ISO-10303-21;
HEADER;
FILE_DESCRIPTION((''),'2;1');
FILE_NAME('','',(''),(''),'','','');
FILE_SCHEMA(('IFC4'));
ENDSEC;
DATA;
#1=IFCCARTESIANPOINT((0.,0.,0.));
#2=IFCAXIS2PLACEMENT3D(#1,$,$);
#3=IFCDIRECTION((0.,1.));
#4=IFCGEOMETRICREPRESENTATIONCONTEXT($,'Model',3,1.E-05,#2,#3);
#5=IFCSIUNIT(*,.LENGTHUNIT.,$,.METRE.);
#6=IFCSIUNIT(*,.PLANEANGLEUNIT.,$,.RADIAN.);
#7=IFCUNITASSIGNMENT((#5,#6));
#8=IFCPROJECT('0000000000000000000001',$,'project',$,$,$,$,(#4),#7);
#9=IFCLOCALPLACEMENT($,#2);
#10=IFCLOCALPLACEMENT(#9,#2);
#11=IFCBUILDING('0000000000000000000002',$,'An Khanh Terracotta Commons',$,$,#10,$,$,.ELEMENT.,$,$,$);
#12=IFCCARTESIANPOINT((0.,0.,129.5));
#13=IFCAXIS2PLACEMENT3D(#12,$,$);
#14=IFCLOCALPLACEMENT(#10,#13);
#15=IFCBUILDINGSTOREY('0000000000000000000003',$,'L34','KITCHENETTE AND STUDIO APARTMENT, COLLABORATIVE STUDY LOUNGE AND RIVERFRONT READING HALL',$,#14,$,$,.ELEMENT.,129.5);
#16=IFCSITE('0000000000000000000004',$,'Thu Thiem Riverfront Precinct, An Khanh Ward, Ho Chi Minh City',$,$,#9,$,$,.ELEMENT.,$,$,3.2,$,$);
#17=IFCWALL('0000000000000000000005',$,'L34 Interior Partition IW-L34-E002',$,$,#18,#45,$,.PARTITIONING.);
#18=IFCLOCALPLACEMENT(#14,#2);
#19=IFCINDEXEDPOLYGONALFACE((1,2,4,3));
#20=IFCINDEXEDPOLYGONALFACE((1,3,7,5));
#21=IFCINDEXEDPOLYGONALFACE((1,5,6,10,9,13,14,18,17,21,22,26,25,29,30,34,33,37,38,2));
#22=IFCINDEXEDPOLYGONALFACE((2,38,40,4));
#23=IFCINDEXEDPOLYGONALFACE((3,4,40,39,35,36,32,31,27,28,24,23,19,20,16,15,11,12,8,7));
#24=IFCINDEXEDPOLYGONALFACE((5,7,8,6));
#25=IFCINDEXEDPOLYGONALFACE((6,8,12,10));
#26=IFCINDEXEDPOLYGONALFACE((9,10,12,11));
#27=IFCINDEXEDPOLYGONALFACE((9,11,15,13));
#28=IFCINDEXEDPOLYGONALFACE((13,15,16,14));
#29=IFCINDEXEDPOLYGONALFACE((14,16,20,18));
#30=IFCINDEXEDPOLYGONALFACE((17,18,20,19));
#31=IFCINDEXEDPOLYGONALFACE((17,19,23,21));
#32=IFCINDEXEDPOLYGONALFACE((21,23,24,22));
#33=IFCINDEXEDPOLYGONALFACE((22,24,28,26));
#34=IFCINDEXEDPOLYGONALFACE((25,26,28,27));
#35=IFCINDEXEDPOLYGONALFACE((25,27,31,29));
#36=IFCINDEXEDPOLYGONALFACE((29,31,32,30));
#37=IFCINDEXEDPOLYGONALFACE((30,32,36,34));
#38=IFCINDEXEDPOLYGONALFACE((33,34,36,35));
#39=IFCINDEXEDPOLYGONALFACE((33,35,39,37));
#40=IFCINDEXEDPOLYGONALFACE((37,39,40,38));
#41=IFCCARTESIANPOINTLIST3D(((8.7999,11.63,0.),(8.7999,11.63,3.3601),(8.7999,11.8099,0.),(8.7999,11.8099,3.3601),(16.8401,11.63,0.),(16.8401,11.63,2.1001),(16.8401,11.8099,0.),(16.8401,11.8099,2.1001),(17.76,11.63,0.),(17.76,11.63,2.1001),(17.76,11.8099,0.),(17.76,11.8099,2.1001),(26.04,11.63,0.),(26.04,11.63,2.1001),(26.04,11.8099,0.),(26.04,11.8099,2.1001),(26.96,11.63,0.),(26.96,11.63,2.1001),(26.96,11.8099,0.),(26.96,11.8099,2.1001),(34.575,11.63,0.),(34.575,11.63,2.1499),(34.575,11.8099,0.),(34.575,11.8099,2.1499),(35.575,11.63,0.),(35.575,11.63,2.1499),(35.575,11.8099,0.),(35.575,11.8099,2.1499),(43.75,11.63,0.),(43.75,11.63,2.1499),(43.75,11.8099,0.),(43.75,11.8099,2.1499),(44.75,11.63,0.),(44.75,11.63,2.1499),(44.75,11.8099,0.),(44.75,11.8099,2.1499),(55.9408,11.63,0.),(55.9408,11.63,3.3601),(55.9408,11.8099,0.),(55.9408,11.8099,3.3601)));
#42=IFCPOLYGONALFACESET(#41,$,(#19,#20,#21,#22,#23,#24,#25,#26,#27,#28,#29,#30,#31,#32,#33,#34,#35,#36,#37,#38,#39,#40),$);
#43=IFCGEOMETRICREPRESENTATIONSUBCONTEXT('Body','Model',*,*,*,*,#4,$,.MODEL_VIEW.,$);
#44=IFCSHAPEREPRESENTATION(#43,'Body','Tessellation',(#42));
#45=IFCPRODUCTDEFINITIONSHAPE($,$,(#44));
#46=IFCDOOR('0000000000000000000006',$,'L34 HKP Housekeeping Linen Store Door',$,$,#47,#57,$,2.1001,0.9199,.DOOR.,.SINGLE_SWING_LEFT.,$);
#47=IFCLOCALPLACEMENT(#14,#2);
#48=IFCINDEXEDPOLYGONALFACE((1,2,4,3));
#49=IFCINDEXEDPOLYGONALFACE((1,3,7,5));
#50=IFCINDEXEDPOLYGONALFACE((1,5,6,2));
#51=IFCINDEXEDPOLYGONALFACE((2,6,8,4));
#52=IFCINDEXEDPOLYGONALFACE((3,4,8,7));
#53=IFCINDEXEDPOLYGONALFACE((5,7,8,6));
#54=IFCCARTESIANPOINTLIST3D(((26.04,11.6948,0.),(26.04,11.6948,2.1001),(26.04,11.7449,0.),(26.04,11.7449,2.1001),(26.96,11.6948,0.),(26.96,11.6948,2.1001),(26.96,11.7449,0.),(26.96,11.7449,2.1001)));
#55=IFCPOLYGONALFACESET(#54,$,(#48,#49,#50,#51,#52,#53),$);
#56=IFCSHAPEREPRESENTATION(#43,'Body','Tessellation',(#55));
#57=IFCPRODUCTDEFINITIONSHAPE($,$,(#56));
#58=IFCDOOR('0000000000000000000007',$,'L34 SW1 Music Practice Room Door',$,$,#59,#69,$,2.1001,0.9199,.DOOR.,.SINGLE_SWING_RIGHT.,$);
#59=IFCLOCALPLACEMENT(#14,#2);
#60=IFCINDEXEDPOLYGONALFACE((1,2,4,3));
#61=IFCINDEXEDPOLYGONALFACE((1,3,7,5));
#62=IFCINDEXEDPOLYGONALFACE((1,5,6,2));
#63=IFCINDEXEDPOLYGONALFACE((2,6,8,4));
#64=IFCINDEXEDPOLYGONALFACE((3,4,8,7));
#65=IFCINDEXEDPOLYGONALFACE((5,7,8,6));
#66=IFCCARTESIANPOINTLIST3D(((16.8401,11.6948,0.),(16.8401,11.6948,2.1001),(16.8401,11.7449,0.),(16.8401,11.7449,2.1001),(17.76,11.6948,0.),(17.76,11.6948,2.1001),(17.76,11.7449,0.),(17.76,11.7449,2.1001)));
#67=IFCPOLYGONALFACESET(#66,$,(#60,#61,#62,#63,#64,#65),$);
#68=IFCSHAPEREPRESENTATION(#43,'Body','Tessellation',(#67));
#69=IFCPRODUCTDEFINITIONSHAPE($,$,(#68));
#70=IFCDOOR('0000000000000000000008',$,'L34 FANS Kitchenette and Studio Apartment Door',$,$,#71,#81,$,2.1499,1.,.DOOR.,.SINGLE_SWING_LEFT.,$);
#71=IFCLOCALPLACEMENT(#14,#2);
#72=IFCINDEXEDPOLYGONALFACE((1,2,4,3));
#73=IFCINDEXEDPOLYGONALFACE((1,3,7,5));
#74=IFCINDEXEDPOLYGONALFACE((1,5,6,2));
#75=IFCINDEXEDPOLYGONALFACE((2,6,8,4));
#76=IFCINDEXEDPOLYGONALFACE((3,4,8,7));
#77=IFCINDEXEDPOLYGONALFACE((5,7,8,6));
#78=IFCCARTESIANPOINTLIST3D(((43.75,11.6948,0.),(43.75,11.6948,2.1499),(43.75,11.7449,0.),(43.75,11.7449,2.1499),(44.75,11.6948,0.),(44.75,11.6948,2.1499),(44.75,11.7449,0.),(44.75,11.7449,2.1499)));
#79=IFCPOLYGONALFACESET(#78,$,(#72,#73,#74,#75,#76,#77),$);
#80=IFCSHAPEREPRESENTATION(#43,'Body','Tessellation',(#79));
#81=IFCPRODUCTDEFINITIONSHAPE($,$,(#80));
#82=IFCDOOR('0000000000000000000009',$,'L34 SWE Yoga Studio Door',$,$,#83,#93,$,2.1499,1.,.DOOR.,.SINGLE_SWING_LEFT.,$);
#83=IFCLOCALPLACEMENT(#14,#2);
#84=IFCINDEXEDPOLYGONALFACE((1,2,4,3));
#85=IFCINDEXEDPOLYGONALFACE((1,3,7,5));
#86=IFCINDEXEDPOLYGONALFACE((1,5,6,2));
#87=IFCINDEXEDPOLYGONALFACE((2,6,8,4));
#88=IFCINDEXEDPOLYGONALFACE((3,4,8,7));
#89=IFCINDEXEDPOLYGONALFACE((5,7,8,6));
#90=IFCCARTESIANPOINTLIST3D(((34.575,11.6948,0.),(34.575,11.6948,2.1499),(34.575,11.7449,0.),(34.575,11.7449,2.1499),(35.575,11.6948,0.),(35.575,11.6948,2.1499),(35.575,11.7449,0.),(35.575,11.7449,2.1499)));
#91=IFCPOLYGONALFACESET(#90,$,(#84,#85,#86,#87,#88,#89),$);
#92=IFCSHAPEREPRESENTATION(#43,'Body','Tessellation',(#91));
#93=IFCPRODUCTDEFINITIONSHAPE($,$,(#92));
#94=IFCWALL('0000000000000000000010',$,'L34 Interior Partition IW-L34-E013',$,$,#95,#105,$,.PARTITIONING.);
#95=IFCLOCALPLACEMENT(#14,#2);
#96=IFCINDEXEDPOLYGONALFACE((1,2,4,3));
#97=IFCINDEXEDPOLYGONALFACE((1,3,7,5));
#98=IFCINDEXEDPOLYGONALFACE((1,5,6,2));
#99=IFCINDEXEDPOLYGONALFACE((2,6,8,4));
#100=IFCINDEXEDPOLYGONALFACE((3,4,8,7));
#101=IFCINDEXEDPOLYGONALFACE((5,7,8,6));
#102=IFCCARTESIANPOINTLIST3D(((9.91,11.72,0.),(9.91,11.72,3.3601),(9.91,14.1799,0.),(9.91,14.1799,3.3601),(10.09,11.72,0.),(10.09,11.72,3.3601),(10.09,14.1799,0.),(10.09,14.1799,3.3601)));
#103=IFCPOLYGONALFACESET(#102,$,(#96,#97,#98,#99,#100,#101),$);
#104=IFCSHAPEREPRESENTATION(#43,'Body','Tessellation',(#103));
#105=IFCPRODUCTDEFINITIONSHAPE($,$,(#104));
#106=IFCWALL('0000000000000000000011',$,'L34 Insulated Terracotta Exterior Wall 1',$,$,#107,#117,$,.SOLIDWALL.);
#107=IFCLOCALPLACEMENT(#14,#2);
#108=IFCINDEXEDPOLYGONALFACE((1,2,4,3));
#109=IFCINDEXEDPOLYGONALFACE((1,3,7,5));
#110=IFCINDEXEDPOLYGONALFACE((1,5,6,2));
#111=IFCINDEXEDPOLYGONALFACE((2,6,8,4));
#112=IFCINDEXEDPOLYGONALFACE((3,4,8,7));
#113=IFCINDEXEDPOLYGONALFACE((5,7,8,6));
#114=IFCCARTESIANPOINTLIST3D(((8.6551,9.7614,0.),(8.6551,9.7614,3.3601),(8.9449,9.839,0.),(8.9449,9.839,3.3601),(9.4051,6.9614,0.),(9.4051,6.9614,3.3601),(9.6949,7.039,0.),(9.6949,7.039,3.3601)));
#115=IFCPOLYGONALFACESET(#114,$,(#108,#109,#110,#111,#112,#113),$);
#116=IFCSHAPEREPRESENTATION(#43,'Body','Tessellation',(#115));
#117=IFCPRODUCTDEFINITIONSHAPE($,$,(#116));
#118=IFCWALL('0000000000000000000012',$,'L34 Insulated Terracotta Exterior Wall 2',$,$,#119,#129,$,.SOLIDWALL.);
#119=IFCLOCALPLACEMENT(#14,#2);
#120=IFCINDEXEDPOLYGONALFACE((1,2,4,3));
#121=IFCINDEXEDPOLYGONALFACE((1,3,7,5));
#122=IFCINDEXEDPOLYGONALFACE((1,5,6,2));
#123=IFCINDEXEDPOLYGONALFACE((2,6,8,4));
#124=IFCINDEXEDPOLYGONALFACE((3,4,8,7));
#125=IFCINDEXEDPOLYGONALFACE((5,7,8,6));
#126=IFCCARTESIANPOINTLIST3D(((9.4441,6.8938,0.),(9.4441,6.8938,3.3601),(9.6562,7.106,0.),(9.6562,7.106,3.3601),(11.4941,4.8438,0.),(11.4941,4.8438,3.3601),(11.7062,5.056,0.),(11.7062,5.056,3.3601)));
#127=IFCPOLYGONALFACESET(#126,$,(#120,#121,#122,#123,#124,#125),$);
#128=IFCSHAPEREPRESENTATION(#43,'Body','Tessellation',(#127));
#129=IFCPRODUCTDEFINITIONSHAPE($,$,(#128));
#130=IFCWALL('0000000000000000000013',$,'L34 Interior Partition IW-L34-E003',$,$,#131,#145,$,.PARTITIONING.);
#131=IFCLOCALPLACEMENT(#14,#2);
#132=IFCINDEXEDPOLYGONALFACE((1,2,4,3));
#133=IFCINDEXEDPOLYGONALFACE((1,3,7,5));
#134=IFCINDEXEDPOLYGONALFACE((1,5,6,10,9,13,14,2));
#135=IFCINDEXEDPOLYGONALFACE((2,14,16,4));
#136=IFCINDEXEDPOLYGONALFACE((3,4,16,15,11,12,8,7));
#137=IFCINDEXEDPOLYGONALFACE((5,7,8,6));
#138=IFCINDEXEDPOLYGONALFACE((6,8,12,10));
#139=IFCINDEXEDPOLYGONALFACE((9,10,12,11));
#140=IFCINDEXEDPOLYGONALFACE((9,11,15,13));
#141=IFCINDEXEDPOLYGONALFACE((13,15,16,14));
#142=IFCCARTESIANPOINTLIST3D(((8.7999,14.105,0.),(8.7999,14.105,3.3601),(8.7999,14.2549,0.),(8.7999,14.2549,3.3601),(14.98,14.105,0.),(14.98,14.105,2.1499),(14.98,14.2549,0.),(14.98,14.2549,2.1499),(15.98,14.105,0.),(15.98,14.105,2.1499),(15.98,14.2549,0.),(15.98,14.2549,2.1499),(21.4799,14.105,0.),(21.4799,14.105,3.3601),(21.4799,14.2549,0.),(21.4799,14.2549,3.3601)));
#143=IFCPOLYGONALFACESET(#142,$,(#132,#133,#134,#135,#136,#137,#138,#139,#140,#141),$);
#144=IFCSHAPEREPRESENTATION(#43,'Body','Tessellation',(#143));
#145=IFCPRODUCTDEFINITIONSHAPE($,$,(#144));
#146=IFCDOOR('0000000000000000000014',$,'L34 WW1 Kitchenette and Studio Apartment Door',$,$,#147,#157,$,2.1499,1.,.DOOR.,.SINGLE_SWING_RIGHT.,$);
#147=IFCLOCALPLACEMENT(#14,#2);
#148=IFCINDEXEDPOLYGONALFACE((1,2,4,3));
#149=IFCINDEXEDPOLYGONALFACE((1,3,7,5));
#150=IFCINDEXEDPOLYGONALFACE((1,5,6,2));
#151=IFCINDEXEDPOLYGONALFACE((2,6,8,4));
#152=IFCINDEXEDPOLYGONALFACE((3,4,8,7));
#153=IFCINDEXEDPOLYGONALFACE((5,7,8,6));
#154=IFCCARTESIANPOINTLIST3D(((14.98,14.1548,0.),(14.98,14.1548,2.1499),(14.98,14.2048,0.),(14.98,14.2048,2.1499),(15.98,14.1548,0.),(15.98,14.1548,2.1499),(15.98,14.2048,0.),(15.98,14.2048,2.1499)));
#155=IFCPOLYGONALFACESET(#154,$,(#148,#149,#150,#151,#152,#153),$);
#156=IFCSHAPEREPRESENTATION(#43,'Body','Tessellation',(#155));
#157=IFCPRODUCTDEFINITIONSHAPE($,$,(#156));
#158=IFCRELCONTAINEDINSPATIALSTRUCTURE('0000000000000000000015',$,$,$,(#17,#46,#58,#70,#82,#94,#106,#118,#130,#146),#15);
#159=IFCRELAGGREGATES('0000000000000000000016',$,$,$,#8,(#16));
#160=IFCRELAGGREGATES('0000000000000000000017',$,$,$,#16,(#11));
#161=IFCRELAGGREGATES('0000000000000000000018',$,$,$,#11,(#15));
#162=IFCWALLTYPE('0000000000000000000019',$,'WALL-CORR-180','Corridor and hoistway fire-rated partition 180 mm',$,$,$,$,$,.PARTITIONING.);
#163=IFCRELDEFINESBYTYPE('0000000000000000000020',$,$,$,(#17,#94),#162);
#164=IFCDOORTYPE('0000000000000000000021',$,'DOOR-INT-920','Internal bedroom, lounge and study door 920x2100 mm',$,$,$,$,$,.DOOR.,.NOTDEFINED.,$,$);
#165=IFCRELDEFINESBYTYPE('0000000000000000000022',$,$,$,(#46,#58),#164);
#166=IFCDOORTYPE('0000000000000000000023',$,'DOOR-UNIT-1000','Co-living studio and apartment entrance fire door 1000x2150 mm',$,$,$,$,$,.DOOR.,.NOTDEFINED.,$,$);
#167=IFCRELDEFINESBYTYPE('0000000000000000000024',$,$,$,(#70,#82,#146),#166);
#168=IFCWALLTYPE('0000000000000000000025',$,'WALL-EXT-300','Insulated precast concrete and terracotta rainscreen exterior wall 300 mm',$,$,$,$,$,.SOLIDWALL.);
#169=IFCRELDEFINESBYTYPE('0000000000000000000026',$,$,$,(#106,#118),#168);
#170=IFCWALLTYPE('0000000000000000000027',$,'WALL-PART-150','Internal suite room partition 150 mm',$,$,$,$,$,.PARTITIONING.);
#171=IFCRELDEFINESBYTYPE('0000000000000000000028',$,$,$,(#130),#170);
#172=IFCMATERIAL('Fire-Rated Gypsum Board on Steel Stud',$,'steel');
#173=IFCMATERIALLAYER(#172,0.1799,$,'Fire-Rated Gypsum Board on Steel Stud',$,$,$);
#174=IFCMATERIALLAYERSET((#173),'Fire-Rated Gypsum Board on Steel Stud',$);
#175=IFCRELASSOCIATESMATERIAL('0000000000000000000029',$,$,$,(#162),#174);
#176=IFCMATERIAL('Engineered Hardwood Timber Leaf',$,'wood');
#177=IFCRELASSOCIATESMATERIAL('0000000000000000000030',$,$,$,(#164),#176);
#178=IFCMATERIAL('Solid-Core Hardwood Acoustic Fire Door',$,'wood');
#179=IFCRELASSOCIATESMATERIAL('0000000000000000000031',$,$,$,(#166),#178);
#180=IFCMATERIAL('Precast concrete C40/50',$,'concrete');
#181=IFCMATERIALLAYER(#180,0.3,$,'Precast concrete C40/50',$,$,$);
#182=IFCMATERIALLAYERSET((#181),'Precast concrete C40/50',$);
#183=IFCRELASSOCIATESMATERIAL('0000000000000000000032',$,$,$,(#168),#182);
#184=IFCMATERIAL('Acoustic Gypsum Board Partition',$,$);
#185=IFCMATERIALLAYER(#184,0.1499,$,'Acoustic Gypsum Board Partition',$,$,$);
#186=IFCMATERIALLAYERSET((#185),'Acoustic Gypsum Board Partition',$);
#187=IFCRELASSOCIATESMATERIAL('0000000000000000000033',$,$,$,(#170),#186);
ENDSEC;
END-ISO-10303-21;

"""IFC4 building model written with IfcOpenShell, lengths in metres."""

from ifc_helpers import new_model, si_unit, direction, frame, frame_2d, origin, place, context, subcontext, project, spatial, rectangle, extrude, material, layer, layer_set, type_object, element, fill, save


model = new_model("IFC4")

# Units and contexts
model_context = context("Model", 3, precision=1e-05, world=origin(), true_north=direction((0.0, 1.0)))
body_context = subcontext(model_context, "Body", "Model", "MODEL_VIEW")
ifc_project = project(units=[si_unit("LENGTHUNIT", "METRE"), si_unit("PLANEANGLEUNIT", "RADIAN")], contexts=[model_context])

# Site, building, storey
site_placement = place(None, origin())
site = spatial("IfcSite", under=ifc_project, at=site_placement, Name="Thu Thiem Riverfront Precinct, An Khanh Ward, Ho Chi Minh City", CompositionType="ELEMENT", RefElevation=3.2)
building_placement = place(site_placement, origin())
building = spatial("IfcBuilding", under=site, at=building_placement, Name="An Khanh Terracotta Commons", CompositionType="ELEMENT")
storey_placement = place(building_placement, frame((0.0, 0.0, 129.5)))
storey = spatial("IfcBuildingStorey", under=building, at=storey_placement, Name="L34", Description="KITCHENETTE AND STUDIO APARTMENT, COLLABORATIVE STUDY LOUNGE AND RIVERFRONT READING HALL", CompositionType="ELEMENT", Elevation=129.5)

# Shared definitions
ifc_material_1 = material(Name="Precast concrete C40/50", Category="concrete")

# Wall, openings, doors
ifc_material_2 = material(Name="Fire-Rated Gypsum Board on Steel Stud", Category="steel")
ifc_layer_1 = layer(ifc_material_2, 0.1799, Name="Fire-Rated Gypsum Board on Steel Stud")
ifc_layer_set_1 = layer_set([ifc_layer_1], Name="Fire-Rated Gypsum Board on Steel Stud")
wall_type_1 = type_object("IfcWallType", Name="WALL-CORR-180", Description="Corridor and hoistway fire-rated partition 180 mm", PredefinedType="PARTITIONING", material=ifc_layer_set_1)
wall_1_placement = place(storey_placement, frame((8.8, 11.72, 0.0), z_axis=(0.0, 0.0, 1.0), x_axis=(1.0, 0.0, 0.0)))
wall_1 = element("IfcWall", 1, at=wall_1_placement, inside=storey, type_object=wall_type_1, Name="L34 Interior Partition IW-L34-E002", PredefinedType="PARTITIONING", context=body_context, shape_type="SweptSolid", body=[
    extrude(rectangle(XDim=47.1409, YDim=0.1799, at=frame_2d((23.5703, 0.0))), origin(), (0.0, 0.0, 1.0), 3.3601),
])
opening_1_placement = place(wall_1_placement, frame((17.24, 0.0, 0.0)))
opening_1 = element("IfcOpeningElement", 2, at=opening_1_placement, cuts=wall_1, PredefinedType="OPENING", context=body_context, shape_type="SweptSolid", body=[
    extrude(rectangle(XDim=0.9199, YDim=2.1001, at=frame_2d((0.46, 1.05))), frame((0.0, 0.0999, 0.0), z_axis=(0.0, -1.0, 0.0), x_axis=(1.0, 0.0, 0.0)), (0.0, 0.0, 1.0), 0.2),
])
opening_2_placement = place(wall_1_placement, frame((34.95, 0.0, 0.0)))
opening_2 = element("IfcOpeningElement", 3, at=opening_2_placement, cuts=wall_1, PredefinedType="OPENING", context=body_context, shape_type="SweptSolid", body=[
    extrude(rectangle(XDim=1.0, YDim=2.1499, at=frame_2d((0.5, 1.075))), frame((0.0, 0.0999, 0.0), z_axis=(0.0, -1.0, 0.0), x_axis=(1.0, 0.0, 0.0)), (0.0, 0.0, 1.0), 0.2),
])
opening_3_placement = place(wall_1_placement, frame((8.04, 0.0, 0.0)))
opening_3 = element("IfcOpeningElement", 4, at=opening_3_placement, cuts=wall_1, PredefinedType="OPENING", context=body_context, shape_type="SweptSolid", body=[
    extrude(rectangle(XDim=0.9199, YDim=2.1001, at=frame_2d((0.46, 1.05))), frame((0.0, 0.0999, 0.0), z_axis=(0.0, -1.0, 0.0), x_axis=(1.0, 0.0, 0.0)), (0.0, 0.0, 1.0), 0.2),
])
opening_4_placement = place(wall_1_placement, frame((25.7749, 0.0, 0.0)))
opening_4 = element("IfcOpeningElement", 5, at=opening_4_placement, cuts=wall_1, PredefinedType="OPENING", context=body_context, shape_type="SweptSolid", body=[
    extrude(rectangle(XDim=1.0, YDim=2.1499, at=frame_2d((0.5, 1.075))), frame((0.0, 0.0999, 0.0), z_axis=(0.0, -1.0, 0.0), x_axis=(1.0, 0.0, 0.0)), (0.0, 0.0, 1.0), 0.2),
])
ifc_material_3 = material(Name="Engineered Hardwood Timber Leaf", Category="wood")
door_type_1 = type_object("IfcDoorType", Name="DOOR-INT-920", Description="Internal bedroom, lounge and study door 920x2100 mm", OperationType="NOTDEFINED", PredefinedType="DOOR", material=ifc_material_3)
door_1_placement = place(opening_1_placement, origin())
door_1 = element("IfcDoor", 6, at=door_1_placement, inside=storey, type_object=door_type_1, Name="L34 HKP Housekeeping Linen Store Door", OperationType="SINGLE_SWING_LEFT", OverallHeight=2.1001, OverallWidth=0.9199, PredefinedType="DOOR", context=body_context, shape_type="SweptSolid", body=[
    extrude(rectangle(XDim=0.9199, YDim=2.1001, at=frame_2d((0.46, 1.05))), frame((0.0, 0.0249, 0.0), z_axis=(0.0, -1.0, 0.0), x_axis=(1.0, 0.0, 0.0)), (0.0, 0.0, 1.0), 0.05),
])
fill(opening_1, door_1)
door_2_placement = place(opening_3_placement, origin())
door_2 = element("IfcDoor", 7, at=door_2_placement, inside=storey, type_object=door_type_1, Name="L34 SW1 Music Practice Room Door", OperationType="SINGLE_SWING_RIGHT", OverallHeight=2.1001, OverallWidth=0.9199, PredefinedType="DOOR", context=body_context, shape_type="SweptSolid", body=[
    extrude(rectangle(XDim=0.9199, YDim=2.1001, at=frame_2d((0.46, 1.05))), frame((0.0, 0.0249, 0.0), z_axis=(0.0, -1.0, 0.0), x_axis=(1.0, 0.0, 0.0)), (0.0, 0.0, 1.0), 0.05),
])
fill(opening_3, door_2)
ifc_material_4 = material(Name="Solid-Core Hardwood Acoustic Fire Door", Category="wood")
door_type_2 = type_object("IfcDoorType", Name="DOOR-UNIT-1000", Description="Co-living studio and apartment entrance fire door 1000x2150 mm", OperationType="NOTDEFINED", PredefinedType="DOOR", material=ifc_material_4)
door_3_placement = place(opening_2_placement, origin())
door_3 = element("IfcDoor", 8, at=door_3_placement, inside=storey, type_object=door_type_2, Name="L34 FANS Kitchenette and Studio Apartment Door", OperationType="SINGLE_SWING_LEFT", OverallHeight=2.1499, OverallWidth=1.0, PredefinedType="DOOR", context=body_context, shape_type="SweptSolid", body=[
    extrude(rectangle(XDim=1.0, YDim=2.1499, at=frame_2d((0.5, 1.075))), frame((0.0, 0.0249, 0.0), z_axis=(0.0, -1.0, 0.0), x_axis=(1.0, 0.0, 0.0)), (0.0, 0.0, 1.0), 0.05),
])
fill(opening_2, door_3)
door_4_placement = place(opening_4_placement, origin())
door_4 = element("IfcDoor", 9, at=door_4_placement, inside=storey, type_object=door_type_2, Name="L34 SWE Yoga Studio Door", OperationType="SINGLE_SWING_LEFT", OverallHeight=2.1499, OverallWidth=1.0, PredefinedType="DOOR", context=body_context, shape_type="SweptSolid", body=[
    extrude(rectangle(XDim=1.0, YDim=2.1499, at=frame_2d((0.5, 1.075))), frame((0.0, 0.0249, 0.0), z_axis=(0.0, -1.0, 0.0), x_axis=(1.0, 0.0, 0.0)), (0.0, 0.0, 1.0), 0.05),
])
fill(opening_4, door_4)

# Walls
wall_2_placement = place(storey_placement, frame((10.0, 11.72, 0.0), z_axis=(0.0, 0.0, 1.0), x_axis=(0.0, 1.0, 0.0)))
element("IfcWall", 10, at=wall_2_placement, inside=storey, type_object=wall_type_1, Name="L34 Interior Partition IW-L34-E013", PredefinedType="PARTITIONING", context=body_context, shape_type="SweptSolid", body=[
    extrude(rectangle(XDim=2.46, YDim=0.1799, at=frame_2d((1.23, 0.0))), origin(), (0.0, 0.0, 1.0), 3.3601),
])
ifc_layer_2 = layer(ifc_material_1, 0.3, Name="Precast concrete C40/50")
ifc_layer_set_2 = layer_set([ifc_layer_2], Name="Precast concrete C40/50")
wall_type_2 = type_object("IfcWallType", Name="WALL-EXT-300", Description="Insulated precast concrete and terracotta rainscreen exterior wall 300 mm", PredefinedType="SOLIDWALL", material=ifc_layer_set_2)
wall_3_placement = place(storey_placement, frame((8.8, 9.8, 0.0), z_axis=(0.0, 0.0, 1.0), x_axis=(0.258732, -0.965949, 0.0)))
element("IfcWall", 11, at=wall_3_placement, inside=storey, type_object=wall_type_2, Name="L34 Insulated Terracotta Exterior Wall 1", PredefinedType="SOLIDWALL", context=body_context, shape_type="SweptSolid", body=[
    extrude(rectangle(XDim=2.8987, YDim=0.3, at=frame_2d((1.4492, 0.0))), origin(), (0.0, 0.0, 1.0), 3.3601),
])
wall_4_placement = place(storey_placement, frame((9.55, 7.0, 0.0), z_axis=(0.0, 0.0, 1.0), x_axis=(0.707107, -0.707107, 0.0)))
element("IfcWall", 12, at=wall_4_placement, inside=storey, type_object=wall_type_2, Name="L34 Insulated Terracotta Exterior Wall 2", PredefinedType="SOLIDWALL", context=body_context, shape_type="SweptSolid", body=[
    extrude(rectangle(XDim=2.8992, YDim=0.3, at=frame_2d((1.4497, 0.0))), origin(), (0.0, 0.0, 1.0), 3.3601),
])

# Wall, opening, door
ifc_material_5 = material(Name="Acoustic Gypsum Board Partition")
ifc_layer_3 = layer(ifc_material_5, 0.1499, Name="Acoustic Gypsum Board Partition")
ifc_layer_set_3 = layer_set([ifc_layer_3], Name="Acoustic Gypsum Board Partition")
wall_type_3 = type_object("IfcWallType", Name="WALL-PART-150", Description="Internal suite room partition 150 mm", PredefinedType="PARTITIONING", material=ifc_layer_set_3)
wall_5_placement = place(storey_placement, frame((8.8, 14.1799, 0.0), z_axis=(0.0, 0.0, 1.0), x_axis=(1.0, 0.0, 0.0)))
wall_5 = element("IfcWall", 13, at=wall_5_placement, inside=storey, type_object=wall_type_3, Name="L34 Interior Partition IW-L34-E003", PredefinedType="PARTITIONING", context=body_context, shape_type="SweptSolid", body=[
    extrude(rectangle(XDim=12.6799, YDim=0.1499, at=frame_2d((6.3398, 0.0))), origin(), (0.0, 0.0, 1.0), 3.3601),
])
opening_5_placement = place(wall_5_placement, frame((6.1799, 0.0, 0.0)))
opening_5 = element("IfcOpeningElement", 14, at=opening_5_placement, cuts=wall_5, PredefinedType="OPENING", context=body_context, shape_type="SweptSolid", body=[
    extrude(rectangle(XDim=1.0, YDim=2.1499, at=frame_2d((0.5, 1.075))), frame((0.0, 0.085, 0.0), z_axis=(0.0, -1.0, 0.0), x_axis=(1.0, 0.0, 0.0)), (0.0, 0.0, 1.0), 0.1699),
])
door_5_placement = place(opening_5_placement, origin())
door_5 = element("IfcDoor", 15, at=door_5_placement, inside=storey, type_object=door_type_2, Name="L34 WW1 Kitchenette and Studio Apartment Door", OperationType="SINGLE_SWING_RIGHT", OverallHeight=2.1499, OverallWidth=1.0, PredefinedType="DOOR", context=body_context, shape_type="SweptSolid", body=[
    extrude(rectangle(XDim=1.0, YDim=2.1499, at=frame_2d((0.5, 1.075))), frame((0.0, 0.0249, 0.0), z_axis=(0.0, -1.0, 0.0), x_axis=(1.0, 0.0, 0.0)), (0.0, 0.0, 1.0), 0.05),
])
fill(opening_5, door_5)

save(model, "model.ifc")
